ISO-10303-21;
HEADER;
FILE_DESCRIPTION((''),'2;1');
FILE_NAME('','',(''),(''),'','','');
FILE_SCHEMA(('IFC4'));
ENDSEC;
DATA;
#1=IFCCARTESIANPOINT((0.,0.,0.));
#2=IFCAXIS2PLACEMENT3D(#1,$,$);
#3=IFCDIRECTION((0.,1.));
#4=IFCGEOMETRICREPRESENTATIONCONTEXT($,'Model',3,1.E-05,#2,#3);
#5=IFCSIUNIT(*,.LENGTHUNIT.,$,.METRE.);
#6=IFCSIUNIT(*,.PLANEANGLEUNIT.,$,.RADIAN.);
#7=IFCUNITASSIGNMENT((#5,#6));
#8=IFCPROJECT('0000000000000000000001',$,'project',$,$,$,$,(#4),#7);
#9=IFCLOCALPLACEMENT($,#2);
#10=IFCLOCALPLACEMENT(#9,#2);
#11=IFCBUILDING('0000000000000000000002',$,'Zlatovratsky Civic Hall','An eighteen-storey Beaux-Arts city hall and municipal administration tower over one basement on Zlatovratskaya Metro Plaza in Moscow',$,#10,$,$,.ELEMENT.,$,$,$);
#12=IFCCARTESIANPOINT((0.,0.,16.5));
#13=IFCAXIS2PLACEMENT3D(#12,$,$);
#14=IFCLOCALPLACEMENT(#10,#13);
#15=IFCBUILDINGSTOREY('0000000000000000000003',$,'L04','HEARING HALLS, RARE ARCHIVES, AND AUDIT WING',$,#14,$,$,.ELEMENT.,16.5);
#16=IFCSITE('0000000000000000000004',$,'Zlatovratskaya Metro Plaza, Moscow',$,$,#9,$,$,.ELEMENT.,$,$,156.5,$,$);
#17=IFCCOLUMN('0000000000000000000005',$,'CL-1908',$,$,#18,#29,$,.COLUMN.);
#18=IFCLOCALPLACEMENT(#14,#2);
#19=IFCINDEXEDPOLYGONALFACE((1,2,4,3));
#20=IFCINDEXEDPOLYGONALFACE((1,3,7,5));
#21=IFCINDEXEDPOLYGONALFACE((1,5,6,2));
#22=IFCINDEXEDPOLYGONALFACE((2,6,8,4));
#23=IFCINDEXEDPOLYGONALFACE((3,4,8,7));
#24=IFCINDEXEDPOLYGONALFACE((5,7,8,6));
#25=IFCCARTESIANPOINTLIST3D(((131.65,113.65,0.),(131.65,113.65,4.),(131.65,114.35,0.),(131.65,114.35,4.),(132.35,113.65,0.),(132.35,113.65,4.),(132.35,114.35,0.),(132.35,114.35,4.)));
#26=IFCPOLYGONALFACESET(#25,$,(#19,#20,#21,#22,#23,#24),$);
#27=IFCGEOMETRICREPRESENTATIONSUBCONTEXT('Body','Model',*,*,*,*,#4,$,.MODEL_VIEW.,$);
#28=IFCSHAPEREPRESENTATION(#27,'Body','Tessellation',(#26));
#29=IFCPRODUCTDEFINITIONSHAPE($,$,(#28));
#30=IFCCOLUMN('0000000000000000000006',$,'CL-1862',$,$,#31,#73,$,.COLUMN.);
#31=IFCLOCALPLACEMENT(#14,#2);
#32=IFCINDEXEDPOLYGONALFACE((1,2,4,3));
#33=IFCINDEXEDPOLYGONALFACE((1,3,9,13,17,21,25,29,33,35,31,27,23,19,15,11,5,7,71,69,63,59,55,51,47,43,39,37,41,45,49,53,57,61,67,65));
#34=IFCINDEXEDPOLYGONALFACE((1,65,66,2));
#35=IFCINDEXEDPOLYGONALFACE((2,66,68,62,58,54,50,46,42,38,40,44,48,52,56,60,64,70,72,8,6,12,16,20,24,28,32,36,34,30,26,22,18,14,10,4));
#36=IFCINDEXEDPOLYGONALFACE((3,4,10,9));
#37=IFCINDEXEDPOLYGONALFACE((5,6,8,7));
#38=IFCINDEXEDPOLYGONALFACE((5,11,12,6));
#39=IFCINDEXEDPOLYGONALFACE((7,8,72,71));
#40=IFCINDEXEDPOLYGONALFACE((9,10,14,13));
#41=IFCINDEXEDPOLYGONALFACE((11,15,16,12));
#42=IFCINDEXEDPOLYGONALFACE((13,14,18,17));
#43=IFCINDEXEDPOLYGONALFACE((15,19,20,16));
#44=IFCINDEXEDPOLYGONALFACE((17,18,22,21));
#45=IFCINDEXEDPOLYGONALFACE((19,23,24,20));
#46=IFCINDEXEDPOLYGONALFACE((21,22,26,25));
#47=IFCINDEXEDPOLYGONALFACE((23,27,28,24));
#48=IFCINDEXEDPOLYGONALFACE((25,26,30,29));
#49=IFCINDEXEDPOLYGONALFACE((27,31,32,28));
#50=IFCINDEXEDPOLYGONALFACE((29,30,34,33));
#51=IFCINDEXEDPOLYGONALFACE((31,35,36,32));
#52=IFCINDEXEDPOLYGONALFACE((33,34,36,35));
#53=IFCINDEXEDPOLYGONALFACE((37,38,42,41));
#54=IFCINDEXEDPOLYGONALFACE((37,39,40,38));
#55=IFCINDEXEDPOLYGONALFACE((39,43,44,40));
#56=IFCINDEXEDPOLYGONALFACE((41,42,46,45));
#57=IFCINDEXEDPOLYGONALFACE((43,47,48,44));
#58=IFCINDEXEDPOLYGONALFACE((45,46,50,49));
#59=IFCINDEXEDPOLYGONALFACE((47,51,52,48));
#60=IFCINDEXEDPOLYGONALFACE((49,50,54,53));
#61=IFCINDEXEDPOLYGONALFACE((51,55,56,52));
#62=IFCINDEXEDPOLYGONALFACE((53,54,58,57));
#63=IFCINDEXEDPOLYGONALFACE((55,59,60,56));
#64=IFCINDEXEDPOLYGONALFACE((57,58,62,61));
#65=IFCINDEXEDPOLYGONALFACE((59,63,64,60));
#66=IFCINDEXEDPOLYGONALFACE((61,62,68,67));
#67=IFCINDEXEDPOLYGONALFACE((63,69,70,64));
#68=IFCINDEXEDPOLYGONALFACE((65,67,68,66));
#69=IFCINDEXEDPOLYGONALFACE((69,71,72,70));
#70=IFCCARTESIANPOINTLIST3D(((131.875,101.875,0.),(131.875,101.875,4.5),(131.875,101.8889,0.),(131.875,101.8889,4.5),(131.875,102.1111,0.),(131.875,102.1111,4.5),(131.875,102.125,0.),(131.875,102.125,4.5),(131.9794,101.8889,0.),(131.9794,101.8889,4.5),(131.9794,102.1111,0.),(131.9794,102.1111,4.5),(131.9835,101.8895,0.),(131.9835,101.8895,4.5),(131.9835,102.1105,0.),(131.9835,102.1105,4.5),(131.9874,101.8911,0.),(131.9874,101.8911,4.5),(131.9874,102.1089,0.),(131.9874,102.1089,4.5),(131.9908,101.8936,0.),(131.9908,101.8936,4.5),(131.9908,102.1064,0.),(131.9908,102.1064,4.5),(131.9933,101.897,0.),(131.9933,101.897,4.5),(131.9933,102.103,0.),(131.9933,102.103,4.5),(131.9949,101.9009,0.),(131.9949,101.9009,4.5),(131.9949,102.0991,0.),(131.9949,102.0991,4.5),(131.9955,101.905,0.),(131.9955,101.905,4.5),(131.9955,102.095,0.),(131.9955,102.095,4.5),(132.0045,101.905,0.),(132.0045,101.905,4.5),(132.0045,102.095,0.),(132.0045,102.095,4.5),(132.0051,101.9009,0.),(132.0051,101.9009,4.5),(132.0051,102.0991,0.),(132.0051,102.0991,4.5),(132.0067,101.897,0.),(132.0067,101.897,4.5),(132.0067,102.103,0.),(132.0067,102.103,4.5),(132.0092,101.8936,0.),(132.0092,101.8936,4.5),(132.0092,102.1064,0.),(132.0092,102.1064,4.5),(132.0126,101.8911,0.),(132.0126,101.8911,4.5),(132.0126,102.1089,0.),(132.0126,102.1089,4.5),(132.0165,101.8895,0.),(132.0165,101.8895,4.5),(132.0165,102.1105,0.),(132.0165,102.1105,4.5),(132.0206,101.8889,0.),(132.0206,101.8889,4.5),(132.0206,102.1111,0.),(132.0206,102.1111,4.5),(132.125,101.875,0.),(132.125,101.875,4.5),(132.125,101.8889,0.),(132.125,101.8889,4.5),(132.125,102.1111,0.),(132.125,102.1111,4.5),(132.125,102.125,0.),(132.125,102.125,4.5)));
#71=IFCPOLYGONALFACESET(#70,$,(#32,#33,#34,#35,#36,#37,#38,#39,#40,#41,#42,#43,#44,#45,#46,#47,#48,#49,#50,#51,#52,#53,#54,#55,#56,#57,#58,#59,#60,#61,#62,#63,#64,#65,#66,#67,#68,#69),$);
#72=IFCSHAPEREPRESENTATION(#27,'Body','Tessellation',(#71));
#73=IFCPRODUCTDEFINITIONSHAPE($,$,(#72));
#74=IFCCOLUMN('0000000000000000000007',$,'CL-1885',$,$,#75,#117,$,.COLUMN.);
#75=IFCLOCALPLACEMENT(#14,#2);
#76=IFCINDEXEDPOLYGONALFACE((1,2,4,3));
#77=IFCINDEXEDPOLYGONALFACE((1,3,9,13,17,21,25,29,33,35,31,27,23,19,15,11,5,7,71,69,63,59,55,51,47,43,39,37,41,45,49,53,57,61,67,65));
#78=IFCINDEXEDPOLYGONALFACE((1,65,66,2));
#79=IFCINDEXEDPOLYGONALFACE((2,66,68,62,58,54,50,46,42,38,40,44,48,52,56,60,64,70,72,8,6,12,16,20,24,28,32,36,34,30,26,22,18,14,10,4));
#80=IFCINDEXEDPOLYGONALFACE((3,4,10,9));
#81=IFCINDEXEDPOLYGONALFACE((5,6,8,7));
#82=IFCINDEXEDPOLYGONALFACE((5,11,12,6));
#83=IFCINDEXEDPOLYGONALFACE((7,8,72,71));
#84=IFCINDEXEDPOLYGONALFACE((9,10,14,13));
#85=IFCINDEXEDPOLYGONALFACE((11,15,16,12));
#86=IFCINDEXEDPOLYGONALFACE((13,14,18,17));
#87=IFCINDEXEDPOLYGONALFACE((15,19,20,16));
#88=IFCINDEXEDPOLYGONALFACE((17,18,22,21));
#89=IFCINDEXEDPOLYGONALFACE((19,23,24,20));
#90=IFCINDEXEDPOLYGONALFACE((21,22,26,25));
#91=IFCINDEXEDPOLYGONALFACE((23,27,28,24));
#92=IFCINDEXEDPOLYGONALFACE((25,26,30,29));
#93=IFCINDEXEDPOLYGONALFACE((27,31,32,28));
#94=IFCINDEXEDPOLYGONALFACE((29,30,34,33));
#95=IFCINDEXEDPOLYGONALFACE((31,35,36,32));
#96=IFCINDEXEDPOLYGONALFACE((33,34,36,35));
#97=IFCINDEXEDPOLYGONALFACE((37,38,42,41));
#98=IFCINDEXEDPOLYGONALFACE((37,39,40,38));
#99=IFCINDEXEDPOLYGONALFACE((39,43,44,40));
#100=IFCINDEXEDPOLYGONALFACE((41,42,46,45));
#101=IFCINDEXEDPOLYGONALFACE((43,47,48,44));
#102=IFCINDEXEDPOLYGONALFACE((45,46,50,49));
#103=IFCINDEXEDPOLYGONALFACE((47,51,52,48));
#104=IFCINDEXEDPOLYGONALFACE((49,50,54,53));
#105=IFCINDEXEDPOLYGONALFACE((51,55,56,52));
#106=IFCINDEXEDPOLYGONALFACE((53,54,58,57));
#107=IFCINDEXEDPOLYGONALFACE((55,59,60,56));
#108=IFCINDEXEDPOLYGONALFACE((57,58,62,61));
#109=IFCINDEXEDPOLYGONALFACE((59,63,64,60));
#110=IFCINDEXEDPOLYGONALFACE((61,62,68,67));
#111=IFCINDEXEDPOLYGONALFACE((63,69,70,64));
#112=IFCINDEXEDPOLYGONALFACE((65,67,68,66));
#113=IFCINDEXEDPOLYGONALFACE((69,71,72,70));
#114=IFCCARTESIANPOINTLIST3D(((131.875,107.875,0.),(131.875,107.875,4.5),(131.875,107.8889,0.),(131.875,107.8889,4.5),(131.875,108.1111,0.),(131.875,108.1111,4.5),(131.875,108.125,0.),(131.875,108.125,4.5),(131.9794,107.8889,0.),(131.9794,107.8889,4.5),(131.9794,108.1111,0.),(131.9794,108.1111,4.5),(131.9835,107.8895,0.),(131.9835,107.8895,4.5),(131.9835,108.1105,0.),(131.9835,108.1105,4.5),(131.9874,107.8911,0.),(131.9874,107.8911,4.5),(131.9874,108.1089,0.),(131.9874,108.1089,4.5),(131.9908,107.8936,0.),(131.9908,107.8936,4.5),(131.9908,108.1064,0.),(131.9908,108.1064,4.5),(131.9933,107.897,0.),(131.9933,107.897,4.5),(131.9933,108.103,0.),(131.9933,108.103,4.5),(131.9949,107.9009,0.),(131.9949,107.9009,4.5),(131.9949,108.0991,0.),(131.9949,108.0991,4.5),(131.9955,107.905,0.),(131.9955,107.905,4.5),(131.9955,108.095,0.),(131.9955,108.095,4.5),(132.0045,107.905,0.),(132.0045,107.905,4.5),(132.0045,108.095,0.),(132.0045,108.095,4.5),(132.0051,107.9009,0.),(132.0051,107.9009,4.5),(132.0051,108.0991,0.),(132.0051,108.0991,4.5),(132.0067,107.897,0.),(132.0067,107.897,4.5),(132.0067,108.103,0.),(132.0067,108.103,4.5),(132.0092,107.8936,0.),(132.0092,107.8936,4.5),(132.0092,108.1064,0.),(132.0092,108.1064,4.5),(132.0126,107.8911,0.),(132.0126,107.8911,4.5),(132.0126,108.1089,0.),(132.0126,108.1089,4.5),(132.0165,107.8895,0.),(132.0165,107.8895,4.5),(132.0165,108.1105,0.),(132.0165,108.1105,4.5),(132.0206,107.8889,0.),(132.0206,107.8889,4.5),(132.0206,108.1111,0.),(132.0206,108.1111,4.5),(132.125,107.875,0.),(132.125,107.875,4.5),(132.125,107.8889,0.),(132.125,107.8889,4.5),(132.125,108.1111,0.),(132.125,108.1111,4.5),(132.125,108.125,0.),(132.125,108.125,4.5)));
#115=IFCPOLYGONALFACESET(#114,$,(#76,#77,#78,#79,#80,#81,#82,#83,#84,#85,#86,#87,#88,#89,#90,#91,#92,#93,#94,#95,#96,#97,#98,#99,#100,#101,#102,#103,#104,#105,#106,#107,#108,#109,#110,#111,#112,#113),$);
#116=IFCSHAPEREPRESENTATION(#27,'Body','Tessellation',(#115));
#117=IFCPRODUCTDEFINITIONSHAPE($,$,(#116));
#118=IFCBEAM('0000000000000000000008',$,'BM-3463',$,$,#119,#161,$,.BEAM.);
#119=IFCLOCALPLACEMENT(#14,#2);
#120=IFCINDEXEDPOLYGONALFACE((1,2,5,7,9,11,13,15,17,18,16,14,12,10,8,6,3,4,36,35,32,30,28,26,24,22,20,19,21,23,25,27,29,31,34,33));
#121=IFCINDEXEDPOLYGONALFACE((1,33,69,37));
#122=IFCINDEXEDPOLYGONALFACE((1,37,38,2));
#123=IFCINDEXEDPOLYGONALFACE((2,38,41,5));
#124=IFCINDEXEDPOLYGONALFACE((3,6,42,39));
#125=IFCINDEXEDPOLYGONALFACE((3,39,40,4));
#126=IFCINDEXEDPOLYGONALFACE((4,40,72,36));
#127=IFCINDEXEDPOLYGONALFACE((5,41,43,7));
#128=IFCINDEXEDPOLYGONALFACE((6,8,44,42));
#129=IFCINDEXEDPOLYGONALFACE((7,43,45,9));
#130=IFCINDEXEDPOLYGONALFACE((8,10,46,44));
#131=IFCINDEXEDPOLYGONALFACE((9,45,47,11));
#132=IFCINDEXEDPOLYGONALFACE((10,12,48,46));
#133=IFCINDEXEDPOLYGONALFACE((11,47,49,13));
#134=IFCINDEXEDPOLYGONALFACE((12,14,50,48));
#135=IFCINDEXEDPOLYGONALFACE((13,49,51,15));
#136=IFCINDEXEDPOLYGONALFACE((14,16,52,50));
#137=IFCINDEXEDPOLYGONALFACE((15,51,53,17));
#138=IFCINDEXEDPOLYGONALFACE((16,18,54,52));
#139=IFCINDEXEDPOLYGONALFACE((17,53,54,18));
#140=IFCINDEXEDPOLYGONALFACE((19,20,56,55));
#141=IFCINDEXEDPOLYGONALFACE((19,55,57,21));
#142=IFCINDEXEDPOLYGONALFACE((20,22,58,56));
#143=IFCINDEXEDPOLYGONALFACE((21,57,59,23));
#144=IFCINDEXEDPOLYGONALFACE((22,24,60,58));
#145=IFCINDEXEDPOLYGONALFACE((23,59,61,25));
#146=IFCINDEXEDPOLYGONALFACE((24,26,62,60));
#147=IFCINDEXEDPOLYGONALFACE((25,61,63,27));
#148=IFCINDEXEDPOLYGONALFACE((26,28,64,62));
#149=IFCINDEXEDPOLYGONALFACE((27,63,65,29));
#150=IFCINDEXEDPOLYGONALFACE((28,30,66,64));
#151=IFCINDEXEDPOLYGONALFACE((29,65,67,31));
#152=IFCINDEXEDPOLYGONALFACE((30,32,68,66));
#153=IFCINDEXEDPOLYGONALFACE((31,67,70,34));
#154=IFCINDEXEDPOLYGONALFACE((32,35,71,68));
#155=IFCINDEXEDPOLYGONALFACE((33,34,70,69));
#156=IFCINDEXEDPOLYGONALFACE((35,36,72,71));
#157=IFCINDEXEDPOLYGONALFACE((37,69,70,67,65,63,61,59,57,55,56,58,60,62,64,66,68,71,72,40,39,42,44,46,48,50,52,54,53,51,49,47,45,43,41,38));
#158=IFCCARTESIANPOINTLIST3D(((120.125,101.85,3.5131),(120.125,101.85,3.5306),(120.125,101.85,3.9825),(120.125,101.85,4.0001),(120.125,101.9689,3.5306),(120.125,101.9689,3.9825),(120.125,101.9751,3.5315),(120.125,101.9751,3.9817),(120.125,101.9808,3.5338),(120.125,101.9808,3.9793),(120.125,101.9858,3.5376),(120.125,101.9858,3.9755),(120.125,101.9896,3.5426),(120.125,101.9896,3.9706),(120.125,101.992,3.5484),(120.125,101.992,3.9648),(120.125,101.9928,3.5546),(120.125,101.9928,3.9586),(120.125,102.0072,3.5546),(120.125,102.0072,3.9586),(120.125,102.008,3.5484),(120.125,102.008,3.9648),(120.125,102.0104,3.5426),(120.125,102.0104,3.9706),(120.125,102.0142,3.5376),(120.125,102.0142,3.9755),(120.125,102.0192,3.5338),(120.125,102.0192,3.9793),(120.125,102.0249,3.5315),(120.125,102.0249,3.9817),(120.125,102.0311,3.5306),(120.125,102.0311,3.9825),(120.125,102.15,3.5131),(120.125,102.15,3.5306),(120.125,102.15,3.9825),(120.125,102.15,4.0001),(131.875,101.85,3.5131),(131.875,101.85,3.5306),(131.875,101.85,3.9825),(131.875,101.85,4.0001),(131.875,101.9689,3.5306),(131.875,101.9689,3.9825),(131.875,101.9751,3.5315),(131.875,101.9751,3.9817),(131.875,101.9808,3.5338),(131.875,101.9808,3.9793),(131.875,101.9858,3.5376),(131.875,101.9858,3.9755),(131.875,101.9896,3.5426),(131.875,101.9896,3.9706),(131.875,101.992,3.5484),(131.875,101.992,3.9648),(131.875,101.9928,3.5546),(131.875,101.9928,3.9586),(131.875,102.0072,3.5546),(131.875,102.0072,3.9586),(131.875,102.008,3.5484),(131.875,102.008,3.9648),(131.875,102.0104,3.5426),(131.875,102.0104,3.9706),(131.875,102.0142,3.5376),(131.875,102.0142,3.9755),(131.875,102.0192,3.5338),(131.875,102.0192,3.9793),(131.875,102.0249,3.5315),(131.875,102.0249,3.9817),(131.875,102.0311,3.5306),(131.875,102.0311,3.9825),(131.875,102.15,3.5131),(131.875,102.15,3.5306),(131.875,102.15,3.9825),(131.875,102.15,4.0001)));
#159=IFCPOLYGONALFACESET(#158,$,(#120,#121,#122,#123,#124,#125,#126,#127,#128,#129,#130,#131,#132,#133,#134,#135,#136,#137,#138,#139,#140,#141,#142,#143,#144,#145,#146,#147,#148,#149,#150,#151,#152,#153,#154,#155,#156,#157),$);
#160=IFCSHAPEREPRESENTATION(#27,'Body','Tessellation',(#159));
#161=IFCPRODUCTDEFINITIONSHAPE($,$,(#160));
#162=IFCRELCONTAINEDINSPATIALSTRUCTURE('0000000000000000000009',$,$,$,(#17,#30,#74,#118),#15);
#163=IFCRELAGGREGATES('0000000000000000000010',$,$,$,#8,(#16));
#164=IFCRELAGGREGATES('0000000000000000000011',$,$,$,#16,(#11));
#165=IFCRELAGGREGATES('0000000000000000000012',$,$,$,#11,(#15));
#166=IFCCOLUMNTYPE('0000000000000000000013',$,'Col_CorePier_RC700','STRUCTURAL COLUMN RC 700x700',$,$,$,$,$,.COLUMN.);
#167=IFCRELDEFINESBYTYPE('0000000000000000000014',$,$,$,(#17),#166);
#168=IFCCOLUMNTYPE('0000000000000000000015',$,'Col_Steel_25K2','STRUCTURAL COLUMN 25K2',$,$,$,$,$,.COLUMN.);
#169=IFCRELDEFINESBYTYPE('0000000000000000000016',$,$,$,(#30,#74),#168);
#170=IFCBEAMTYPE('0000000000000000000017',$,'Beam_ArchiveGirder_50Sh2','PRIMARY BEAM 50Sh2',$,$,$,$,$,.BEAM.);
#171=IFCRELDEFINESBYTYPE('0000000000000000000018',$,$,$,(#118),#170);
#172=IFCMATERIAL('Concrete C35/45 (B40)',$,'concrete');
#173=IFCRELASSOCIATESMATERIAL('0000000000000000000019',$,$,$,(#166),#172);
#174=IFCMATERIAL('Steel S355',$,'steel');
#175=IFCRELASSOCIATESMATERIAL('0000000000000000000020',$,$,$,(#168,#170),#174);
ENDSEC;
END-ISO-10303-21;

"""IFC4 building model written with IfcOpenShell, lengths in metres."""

from ifc_helpers import new_model, si_unit, direction, frame, origin, origin_2d, place, context, subcontext, project, spatial, rectangle, i_section, extrude, material, material_profile, profile_set, type_object, element, save


model = new_model("IFC4")

# Units and contexts
model_context = context("Model", 3, precision=1e-05, world=origin(), true_north=direction((0.0, 1.0)))
body_context = subcontext(model_context, "Body", "Model", "MODEL_VIEW")
ifc_project = project(units=[si_unit("LENGTHUNIT", "METRE"), si_unit("PLANEANGLEUNIT", "RADIAN")], contexts=[model_context])

# Site, building, storey
site_placement = place(None, origin())
site = spatial("IfcSite", under=ifc_project, at=site_placement, Name="Zlatovratskaya Metro Plaza, Moscow", CompositionType="ELEMENT", RefElevation=156.5)
building_placement = place(site_placement, origin())
building = spatial("IfcBuilding", under=site, at=building_placement, Name="Zlatovratsky Civic Hall", Description="An eighteen-storey Beaux-Arts city hall and municipal administration tower over one basement on Zlatovratskaya Metro Plaza in Moscow", CompositionType="ELEMENT")
storey_placement = place(building_placement, frame((0.0, 0.0, 16.5)))
storey = spatial("IfcBuildingStorey", under=building, at=storey_placement, Name="L04", Description="HEARING HALLS, RARE ARCHIVES, AND AUDIT WING", CompositionType="ELEMENT", Elevation=16.5)

# Columns
ifc_material_1 = material(Name="Concrete C35/45 (B40)", Category="concrete")
ifc_material_profile_1 = material_profile(ifc_material_1, rectangle(XDim=0.7, YDim=0.7, at=origin_2d()), Name="RC 700x700")
ifc_profile_set_1 = profile_set([ifc_material_profile_1], Name="Concrete C35/45 (B40)")
column_type_1 = type_object("IfcColumnType", Name="Col_CorePier_RC700", Description="STRUCTURAL COLUMN RC 700x700", PredefinedType="COLUMN", material=ifc_profile_set_1)
column_placement = place(storey_placement, frame((132.0, 114.0, 0.0), z_axis=(0.0, 0.0, 1.0), x_axis=(1.0, 0.0, 0.0)))
element("IfcColumn", 1, at=column_placement, inside=storey, type_object=column_type_1, Name="CL-1908", PredefinedType="COLUMN", context=body_context, shape_type="SweptSolid", body=[
    extrude(rectangle(XDim=0.7, YDim=0.7, at=origin_2d()), origin(), (0.0, 0.0, 1.0), 4.0),
])
ifc_material_2 = material(Name="Steel S355", Category="steel")
ifc_material_profile_2 = material_profile(ifc_material_2, i_section(OverallWidth=0.25, OverallDepth=0.25, WebThickness=0.009, FlangeThickness=0.0139, FilletRadius=0.0161, at=origin_2d()), Name="25K2")
ifc_profile_set_2 = profile_set([ifc_material_profile_2], Name="Steel S355")
column_type_2 = type_object("IfcColumnType", Name="Col_Steel_25K2", Description="STRUCTURAL COLUMN 25K2", PredefinedType="COLUMN", material=ifc_profile_set_2)
for number, where, z_axis, x_axis, name in (
    (2, (132.0, 102.0, 0.0), (0.0, 0.0, 1.0), (1.0, 0.0, 0.0), "CL-1862"),
    (3, (132.0, 108.0, 0.0), (0.0, 0.0, 1.0), (1.0, 0.0, 0.0), "CL-1885"),
):
    element("IfcColumn", number, at=place(storey_placement, frame(where, z_axis=z_axis, x_axis=x_axis)), inside=storey, type_object=column_type_2, Name=name, PredefinedType="COLUMN", context=body_context, shape_type="SweptSolid", body=[
        extrude(i_section(OverallWidth=0.25, OverallDepth=0.25, WebThickness=0.009, FlangeThickness=0.0139, FilletRadius=0.0161, at=origin_2d()), origin(), (0.0, 0.0, 1.0), 4.5),
    ])

# Beam
ifc_material_profile_3 = material_profile(ifc_material_2, i_section(OverallWidth=0.3, OverallDepth=0.4871, WebThickness=0.0144, FlangeThickness=0.0176, FilletRadius=0.0239, at=origin_2d()), Name="50Sh2")
ifc_profile_set_3 = profile_set([ifc_material_profile_3], Name="Steel S355")
beam_type_1 = type_object("IfcBeamType", Name="Beam_ArchiveGirder_50Sh2", Description="PRIMARY BEAM 50Sh2", PredefinedType="BEAM", material=ifc_profile_set_3)
for number, where, z_axis, x_axis, name in (
    (4, (120.125, 102.0, 3.7566), (1.0, 0.0, 0.0), (0.0, 1.0, 0.0), "BM-3463"),
):
    element("IfcBeam", number, at=place(storey_placement, frame(where, z_axis=z_axis, x_axis=x_axis)), inside=storey, type_object=beam_type_1, Name=name, PredefinedType="BEAM", context=body_context, shape_type="SweptSolid", body=[
        extrude(i_section(OverallWidth=0.3, OverallDepth=0.4871, WebThickness=0.0144, FlangeThickness=0.0176, FilletRadius=0.0239, at=origin_2d()), origin(), (0.0, 0.0, 1.0), 11.75),
    ])

save(model, "model.ifc")
